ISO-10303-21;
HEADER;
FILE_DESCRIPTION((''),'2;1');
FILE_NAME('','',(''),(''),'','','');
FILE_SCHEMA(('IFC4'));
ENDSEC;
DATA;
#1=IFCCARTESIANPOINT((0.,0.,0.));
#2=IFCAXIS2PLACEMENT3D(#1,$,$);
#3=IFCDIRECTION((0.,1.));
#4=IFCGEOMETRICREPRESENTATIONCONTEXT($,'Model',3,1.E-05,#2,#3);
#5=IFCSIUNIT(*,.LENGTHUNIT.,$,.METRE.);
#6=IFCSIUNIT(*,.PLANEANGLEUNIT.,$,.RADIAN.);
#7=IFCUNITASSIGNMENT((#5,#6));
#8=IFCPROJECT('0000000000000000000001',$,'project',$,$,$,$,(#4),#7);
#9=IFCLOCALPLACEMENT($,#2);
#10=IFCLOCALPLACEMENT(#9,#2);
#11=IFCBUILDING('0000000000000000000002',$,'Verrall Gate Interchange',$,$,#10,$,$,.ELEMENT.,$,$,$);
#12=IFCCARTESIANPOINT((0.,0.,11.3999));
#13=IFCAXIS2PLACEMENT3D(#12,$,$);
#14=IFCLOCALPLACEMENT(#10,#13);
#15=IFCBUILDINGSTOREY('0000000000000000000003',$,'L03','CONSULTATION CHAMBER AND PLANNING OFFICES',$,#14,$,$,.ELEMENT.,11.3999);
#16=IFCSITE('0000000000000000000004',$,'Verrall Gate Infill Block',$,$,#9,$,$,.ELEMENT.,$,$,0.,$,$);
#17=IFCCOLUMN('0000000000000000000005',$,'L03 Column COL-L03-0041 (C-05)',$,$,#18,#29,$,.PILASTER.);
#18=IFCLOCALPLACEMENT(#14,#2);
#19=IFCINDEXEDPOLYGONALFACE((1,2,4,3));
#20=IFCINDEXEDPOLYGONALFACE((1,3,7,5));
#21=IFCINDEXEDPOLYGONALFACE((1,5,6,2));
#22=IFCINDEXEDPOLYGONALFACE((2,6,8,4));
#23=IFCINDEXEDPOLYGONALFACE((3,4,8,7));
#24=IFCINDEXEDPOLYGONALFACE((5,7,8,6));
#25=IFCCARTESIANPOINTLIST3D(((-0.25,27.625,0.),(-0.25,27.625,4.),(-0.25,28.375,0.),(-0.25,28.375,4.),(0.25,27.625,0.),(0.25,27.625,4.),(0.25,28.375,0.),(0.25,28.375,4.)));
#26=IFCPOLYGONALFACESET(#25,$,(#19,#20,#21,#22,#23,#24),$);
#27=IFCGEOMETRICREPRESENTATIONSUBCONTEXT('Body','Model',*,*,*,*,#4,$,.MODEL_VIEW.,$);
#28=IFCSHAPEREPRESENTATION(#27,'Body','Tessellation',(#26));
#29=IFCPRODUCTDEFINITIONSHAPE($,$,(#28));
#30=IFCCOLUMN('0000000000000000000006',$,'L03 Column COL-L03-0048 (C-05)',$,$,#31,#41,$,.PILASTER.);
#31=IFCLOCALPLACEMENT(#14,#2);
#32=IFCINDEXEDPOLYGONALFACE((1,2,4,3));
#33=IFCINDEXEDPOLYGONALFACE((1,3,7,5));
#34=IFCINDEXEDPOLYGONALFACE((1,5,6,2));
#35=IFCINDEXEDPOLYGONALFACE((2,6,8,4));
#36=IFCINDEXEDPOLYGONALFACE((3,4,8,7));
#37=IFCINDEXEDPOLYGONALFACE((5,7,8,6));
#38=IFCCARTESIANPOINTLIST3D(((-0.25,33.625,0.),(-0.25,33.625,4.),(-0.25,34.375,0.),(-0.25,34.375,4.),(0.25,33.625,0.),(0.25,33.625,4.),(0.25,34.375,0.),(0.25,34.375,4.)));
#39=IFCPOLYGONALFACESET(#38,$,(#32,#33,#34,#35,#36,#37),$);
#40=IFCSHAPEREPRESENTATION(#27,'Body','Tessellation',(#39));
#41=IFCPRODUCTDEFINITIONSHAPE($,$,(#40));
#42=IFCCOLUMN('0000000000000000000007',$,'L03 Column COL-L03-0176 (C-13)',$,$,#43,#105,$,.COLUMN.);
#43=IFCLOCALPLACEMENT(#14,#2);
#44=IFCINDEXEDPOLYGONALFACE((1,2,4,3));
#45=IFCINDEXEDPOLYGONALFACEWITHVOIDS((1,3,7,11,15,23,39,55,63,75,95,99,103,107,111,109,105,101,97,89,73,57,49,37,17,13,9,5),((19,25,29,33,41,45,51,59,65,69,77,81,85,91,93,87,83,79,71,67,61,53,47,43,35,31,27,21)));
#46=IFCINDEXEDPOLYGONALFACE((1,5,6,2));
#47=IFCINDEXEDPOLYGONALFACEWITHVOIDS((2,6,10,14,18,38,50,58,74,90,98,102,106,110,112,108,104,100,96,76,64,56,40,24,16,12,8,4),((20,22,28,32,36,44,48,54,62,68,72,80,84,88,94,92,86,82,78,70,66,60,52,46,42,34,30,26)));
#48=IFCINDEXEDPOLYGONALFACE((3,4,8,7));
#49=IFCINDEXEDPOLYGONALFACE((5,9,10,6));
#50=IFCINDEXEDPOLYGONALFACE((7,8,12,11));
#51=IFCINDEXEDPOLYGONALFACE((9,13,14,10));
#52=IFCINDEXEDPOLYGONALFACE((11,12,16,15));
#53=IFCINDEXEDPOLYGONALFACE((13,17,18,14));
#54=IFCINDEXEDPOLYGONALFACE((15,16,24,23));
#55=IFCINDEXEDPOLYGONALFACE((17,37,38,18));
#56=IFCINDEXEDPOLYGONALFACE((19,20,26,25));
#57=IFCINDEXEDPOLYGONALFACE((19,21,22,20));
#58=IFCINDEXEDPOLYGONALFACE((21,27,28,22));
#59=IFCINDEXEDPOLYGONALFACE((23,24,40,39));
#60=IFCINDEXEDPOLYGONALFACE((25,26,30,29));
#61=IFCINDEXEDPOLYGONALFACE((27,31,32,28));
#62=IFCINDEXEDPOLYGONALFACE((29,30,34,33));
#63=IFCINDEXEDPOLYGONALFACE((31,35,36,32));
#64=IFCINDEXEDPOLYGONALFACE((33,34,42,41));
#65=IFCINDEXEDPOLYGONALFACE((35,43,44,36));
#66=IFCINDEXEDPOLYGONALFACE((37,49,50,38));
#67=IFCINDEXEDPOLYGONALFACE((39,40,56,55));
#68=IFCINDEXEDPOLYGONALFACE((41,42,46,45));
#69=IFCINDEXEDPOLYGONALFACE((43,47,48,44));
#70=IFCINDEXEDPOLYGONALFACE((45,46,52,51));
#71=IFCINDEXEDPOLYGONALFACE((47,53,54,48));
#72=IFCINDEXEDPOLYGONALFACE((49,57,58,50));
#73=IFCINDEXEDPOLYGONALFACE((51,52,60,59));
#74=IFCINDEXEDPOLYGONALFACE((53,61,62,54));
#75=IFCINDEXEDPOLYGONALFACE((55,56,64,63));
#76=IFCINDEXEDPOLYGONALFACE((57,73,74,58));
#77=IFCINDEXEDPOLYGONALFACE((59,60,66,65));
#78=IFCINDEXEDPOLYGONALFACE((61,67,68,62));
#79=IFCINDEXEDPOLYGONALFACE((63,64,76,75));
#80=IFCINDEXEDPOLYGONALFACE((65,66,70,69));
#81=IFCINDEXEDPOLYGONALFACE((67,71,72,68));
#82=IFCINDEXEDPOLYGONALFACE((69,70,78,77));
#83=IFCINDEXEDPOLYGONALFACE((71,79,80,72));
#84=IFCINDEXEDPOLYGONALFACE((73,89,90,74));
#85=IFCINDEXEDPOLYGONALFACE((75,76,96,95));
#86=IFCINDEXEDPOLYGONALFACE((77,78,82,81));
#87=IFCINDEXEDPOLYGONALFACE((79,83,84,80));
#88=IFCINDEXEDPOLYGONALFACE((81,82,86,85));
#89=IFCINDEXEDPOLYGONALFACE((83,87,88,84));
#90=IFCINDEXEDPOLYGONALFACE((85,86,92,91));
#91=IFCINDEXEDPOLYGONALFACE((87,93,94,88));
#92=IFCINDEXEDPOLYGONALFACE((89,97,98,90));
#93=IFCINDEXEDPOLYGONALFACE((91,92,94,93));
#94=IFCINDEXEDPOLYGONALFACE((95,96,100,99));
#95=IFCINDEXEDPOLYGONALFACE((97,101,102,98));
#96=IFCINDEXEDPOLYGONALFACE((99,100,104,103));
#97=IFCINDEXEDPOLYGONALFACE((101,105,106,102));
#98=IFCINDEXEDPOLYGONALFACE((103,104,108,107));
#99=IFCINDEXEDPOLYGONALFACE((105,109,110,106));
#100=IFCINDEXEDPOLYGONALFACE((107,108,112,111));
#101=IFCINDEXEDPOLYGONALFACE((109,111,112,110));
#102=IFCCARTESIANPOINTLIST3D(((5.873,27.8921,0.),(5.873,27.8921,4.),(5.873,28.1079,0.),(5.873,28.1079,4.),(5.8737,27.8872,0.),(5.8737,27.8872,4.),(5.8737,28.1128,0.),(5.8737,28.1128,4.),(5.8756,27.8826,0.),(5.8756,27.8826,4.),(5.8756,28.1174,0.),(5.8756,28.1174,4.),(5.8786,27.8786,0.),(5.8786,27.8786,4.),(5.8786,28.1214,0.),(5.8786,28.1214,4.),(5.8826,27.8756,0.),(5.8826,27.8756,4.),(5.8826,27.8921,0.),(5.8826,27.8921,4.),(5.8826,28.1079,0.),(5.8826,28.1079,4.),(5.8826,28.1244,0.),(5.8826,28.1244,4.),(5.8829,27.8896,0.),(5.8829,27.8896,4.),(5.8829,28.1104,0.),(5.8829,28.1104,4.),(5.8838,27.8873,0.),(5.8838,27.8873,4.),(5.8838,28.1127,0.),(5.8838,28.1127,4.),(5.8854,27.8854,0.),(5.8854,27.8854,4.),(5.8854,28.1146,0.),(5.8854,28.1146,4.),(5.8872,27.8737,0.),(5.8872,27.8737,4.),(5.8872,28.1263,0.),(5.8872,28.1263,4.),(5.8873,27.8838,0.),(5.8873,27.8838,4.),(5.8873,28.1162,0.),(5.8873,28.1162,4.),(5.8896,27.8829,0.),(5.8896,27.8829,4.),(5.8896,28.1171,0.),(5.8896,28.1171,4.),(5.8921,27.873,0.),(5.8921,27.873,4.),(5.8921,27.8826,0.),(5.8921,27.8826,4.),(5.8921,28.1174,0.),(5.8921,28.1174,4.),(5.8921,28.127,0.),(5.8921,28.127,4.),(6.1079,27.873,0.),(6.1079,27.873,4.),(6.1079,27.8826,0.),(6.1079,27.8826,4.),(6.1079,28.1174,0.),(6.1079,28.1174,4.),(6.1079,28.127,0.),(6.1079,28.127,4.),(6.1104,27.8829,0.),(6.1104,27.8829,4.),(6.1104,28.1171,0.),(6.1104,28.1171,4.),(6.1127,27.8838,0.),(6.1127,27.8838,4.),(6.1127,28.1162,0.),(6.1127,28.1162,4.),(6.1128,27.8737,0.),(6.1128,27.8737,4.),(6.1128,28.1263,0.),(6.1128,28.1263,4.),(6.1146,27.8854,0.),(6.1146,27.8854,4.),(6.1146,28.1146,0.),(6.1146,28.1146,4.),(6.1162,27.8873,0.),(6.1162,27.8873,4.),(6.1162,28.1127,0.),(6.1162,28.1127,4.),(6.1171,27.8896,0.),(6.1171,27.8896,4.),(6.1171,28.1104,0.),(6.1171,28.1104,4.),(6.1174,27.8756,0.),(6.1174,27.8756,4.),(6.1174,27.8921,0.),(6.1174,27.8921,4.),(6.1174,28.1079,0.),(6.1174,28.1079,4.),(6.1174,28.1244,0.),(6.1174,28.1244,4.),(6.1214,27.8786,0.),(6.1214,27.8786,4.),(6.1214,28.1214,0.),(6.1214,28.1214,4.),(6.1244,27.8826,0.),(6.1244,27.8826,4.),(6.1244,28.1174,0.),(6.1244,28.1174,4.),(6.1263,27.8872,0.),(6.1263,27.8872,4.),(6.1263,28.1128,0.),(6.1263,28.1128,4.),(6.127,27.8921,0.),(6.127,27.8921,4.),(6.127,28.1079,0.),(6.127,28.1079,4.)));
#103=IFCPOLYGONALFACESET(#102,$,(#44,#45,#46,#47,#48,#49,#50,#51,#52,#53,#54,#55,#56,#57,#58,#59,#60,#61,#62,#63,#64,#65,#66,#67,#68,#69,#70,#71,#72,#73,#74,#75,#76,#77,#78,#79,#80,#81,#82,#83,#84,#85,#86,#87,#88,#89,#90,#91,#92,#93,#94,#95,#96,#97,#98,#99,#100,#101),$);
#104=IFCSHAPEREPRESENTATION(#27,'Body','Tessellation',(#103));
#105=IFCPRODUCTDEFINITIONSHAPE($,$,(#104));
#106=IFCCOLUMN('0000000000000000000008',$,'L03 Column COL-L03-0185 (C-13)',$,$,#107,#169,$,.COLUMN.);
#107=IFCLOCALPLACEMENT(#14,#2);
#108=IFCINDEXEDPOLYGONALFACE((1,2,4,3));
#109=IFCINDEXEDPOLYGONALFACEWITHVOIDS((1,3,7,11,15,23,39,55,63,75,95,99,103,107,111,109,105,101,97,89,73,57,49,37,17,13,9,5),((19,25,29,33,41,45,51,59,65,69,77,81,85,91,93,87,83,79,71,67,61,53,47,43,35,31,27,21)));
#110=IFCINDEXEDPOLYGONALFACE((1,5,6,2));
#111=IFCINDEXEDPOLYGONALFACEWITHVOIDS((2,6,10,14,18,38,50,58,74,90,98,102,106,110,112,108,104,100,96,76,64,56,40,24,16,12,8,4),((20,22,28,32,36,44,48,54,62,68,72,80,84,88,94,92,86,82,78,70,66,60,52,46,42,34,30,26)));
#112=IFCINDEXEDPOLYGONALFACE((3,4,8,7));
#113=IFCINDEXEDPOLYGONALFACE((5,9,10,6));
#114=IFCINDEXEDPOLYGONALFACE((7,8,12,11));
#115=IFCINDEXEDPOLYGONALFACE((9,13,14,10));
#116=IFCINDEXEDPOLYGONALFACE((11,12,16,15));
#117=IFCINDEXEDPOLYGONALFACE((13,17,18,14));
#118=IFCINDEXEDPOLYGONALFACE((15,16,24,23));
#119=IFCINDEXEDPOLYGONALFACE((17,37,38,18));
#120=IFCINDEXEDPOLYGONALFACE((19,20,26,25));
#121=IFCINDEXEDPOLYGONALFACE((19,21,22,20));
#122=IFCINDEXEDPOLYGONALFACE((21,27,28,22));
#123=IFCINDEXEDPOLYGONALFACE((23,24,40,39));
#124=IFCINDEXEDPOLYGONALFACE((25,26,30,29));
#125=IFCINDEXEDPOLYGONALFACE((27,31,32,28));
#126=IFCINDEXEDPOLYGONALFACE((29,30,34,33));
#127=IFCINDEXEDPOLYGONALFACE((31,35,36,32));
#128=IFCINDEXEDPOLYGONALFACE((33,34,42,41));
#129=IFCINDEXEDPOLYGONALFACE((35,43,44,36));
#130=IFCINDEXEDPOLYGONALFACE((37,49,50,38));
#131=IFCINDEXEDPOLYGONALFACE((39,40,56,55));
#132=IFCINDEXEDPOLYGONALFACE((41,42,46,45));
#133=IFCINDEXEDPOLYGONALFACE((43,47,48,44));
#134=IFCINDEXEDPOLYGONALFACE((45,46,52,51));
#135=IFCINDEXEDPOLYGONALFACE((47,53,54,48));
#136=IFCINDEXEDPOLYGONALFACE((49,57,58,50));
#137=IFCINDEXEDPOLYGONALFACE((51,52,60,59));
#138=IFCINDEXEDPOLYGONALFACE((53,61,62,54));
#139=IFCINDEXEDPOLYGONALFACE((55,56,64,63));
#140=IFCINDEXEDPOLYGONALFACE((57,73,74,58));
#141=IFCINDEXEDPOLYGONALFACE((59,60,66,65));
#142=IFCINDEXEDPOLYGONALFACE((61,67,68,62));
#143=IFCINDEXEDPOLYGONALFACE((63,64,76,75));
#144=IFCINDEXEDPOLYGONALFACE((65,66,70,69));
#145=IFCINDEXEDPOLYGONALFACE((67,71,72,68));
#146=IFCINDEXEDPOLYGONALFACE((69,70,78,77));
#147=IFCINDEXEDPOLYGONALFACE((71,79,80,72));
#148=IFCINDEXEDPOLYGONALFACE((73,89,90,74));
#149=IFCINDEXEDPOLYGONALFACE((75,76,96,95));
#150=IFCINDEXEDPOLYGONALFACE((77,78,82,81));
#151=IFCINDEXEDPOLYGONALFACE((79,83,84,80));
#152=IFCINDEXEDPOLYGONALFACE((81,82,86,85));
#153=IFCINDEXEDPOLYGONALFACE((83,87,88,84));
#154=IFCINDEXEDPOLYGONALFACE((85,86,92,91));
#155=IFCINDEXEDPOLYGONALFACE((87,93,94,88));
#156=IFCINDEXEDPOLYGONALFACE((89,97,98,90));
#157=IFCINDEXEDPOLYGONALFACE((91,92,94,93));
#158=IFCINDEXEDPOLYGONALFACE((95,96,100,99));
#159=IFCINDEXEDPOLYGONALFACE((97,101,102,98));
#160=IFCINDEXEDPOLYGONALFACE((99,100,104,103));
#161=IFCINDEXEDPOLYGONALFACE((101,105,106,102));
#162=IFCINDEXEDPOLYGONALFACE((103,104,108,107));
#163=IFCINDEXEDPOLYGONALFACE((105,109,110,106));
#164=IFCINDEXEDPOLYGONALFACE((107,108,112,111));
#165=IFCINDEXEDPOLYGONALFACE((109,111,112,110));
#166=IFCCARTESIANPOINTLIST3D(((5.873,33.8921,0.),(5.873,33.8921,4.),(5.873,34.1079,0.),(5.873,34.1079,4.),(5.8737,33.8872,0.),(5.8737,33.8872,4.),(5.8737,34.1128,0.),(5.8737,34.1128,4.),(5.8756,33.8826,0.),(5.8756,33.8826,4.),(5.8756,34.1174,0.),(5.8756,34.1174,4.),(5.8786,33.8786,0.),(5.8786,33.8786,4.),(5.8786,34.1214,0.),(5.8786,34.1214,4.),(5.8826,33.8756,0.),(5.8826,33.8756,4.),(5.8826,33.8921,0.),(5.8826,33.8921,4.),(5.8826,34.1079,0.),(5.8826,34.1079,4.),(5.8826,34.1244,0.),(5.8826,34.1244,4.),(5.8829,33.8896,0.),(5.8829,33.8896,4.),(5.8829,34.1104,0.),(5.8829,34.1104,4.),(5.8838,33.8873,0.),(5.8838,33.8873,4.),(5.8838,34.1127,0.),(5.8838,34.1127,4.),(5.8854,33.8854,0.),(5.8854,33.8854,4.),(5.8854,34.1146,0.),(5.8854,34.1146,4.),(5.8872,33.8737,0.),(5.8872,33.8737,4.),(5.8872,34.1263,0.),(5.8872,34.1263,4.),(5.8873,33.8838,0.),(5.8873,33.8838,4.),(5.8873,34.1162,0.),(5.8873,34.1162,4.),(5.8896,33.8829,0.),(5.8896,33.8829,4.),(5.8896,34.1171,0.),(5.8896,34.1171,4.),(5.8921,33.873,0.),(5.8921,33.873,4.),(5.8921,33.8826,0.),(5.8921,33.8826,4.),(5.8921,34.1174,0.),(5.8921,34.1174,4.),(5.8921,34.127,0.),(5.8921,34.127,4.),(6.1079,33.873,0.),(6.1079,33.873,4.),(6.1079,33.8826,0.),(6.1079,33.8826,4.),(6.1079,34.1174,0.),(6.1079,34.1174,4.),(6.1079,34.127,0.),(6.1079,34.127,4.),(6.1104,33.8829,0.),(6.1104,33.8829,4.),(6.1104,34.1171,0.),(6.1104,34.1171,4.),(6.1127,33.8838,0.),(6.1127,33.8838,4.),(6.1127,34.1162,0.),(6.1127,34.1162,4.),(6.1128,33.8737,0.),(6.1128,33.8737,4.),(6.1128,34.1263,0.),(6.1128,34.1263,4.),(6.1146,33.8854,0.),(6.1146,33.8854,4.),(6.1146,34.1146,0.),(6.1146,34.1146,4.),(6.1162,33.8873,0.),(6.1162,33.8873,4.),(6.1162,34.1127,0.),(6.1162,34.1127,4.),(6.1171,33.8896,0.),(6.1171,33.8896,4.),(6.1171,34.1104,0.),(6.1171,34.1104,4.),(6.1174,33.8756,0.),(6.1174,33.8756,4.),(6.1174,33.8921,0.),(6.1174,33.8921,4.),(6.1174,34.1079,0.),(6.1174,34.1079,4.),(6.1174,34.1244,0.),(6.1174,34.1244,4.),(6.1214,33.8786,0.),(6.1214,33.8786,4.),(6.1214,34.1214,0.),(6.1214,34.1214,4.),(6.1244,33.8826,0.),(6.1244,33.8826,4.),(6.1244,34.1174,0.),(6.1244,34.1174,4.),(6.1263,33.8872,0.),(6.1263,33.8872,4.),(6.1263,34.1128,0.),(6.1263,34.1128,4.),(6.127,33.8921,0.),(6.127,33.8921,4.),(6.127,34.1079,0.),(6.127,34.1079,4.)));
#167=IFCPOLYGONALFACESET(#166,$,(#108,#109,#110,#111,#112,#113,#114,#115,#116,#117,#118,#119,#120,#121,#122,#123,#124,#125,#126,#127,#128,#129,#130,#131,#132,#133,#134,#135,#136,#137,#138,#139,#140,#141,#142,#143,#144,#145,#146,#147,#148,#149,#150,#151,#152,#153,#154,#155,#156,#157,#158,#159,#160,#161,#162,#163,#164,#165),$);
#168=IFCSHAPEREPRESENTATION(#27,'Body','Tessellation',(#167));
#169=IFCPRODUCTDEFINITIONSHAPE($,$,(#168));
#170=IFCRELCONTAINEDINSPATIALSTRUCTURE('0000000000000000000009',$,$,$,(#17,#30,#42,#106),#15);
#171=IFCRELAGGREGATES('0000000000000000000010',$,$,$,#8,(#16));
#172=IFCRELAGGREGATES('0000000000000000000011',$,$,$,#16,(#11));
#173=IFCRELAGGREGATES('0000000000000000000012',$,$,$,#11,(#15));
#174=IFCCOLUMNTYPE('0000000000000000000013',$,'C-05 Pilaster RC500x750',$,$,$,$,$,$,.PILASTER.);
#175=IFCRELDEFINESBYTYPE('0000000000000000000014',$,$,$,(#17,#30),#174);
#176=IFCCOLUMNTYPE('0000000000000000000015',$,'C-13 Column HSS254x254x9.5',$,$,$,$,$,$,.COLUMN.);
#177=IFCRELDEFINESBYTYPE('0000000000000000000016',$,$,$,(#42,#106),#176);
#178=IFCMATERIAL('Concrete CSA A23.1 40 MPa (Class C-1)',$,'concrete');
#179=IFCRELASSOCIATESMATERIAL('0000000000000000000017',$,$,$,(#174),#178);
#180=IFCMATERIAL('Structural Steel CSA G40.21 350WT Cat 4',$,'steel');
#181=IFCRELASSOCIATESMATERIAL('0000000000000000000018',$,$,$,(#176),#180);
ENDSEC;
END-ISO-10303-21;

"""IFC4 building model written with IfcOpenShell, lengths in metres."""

from ifc_helpers import new_model, si_unit, direction, frame, origin, origin_2d, place, context, subcontext, project, spatial, rectangle, hollow_rectangle, extrude, material, material_profile, profile_set, type_object, element, save


model = new_model("IFC4")

# Units and contexts
model_context = context("Model", 3, precision=1e-05, world=origin(), true_north=direction((0.0, 1.0)))
body_context = subcontext(model_context, "Body", "Model", "MODEL_VIEW")
ifc_project = project(units=[si_unit("LENGTHUNIT", "METRE"), si_unit("PLANEANGLEUNIT", "RADIAN")], contexts=[model_context])

# Site, building, storey
site_placement = place(None, origin())
site = spatial("IfcSite", under=ifc_project, at=site_placement, Name="Verrall Gate Infill Block", CompositionType="ELEMENT", RefElevation=0.0)
building_placement = place(site_placement, origin())
building = spatial("IfcBuilding", under=site, at=building_placement, Name="Verrall Gate Interchange", CompositionType="ELEMENT")
storey_placement = place(building_placement, frame((0.0, 0.0, 11.3999)))
storey = spatial("IfcBuildingStorey", under=building, at=storey_placement, Name="L03", Description="CONSULTATION CHAMBER AND PLANNING OFFICES", CompositionType="ELEMENT", Elevation=11.3999)

# Columns
ifc_material_1 = material(Name="Concrete CSA A23.1 40 MPa (Class C-1)", Category="concrete")
ifc_material_profile_1 = material_profile(ifc_material_1, rectangle(XDim=0.5, YDim=0.75, at=origin_2d()), Name="RC500x750")
ifc_profile_set_1 = profile_set([ifc_material_profile_1], Name="Concrete CSA A23.1 40 MPa (Class C-1)")
column_type_1 = type_object("IfcColumnType", Name="C-05 Pilaster RC500x750", PredefinedType="PILASTER", material=ifc_profile_set_1)
for number, where, z_axis, x_axis, name in (
    (1, (0.0, 28.0, 0.0), (0.0, 0.0, 1.0), (1.0, 0.0, 0.0), "L03 Column COL-L03-0041 (C-05)"),
    (2, (0.0, 34.0, 0.0), (0.0, 0.0, 1.0), (1.0, 0.0, 0.0), "L03 Column COL-L03-0048 (C-05)"),
):
    element("IfcColumn", number, at=place(storey_placement, frame(where, z_axis=z_axis, x_axis=x_axis)), inside=storey, type_object=column_type_1, Name=name, PredefinedType="PILASTER", context=body_context, shape_type="SweptSolid", body=[
        extrude(rectangle(XDim=0.5, YDim=0.75, at=origin_2d()), origin(), (0.0, 0.0, 1.0), 4.0),
    ])
ifc_material_2 = material(Name="Structural Steel CSA G40.21 350WT Cat 4", Category="steel")
ifc_material_profile_2 = material_profile(ifc_material_2, hollow_rectangle(XDim=0.2539, YDim=0.2539, WallThickness=0.0095, InnerFilletRadius=0.0095, OuterFilletRadius=0.019, at=origin_2d()), Name="HSS254x254x9.5")
ifc_profile_set_2 = profile_set([ifc_material_profile_2], Name="Structural Steel CSA G40.21 350WT Cat 4")
column_type_2 = type_object("IfcColumnType", Name="C-13 Column HSS254x254x9.5", PredefinedType="COLUMN", material=ifc_profile_set_2)
for number, where, z_axis, x_axis, name in (
    (3, (6.0, 28.0, 0.0), (0.0, 0.0, 1.0), (1.0, 0.0, 0.0), "L03 Column COL-L03-0176 (C-13)"),
    (4, (6.0, 34.0, 0.0), (0.0, 0.0, 1.0), (1.0, 0.0, 0.0), "L03 Column COL-L03-0185 (C-13)"),
):
    element("IfcColumn", number, at=place(storey_placement, frame(where, z_axis=z_axis, x_axis=x_axis)), inside=storey, type_object=column_type_2, Name=name, PredefinedType="COLUMN", context=body_context, shape_type="SweptSolid", body=[
        extrude(hollow_rectangle(XDim=0.2539, YDim=0.2539, WallThickness=0.0095, InnerFilletRadius=0.0095, OuterFilletRadius=0.019, at=origin_2d()), origin(), (0.0, 0.0, 1.0), 4.0),
    ])

save(model, "model.ifc")
